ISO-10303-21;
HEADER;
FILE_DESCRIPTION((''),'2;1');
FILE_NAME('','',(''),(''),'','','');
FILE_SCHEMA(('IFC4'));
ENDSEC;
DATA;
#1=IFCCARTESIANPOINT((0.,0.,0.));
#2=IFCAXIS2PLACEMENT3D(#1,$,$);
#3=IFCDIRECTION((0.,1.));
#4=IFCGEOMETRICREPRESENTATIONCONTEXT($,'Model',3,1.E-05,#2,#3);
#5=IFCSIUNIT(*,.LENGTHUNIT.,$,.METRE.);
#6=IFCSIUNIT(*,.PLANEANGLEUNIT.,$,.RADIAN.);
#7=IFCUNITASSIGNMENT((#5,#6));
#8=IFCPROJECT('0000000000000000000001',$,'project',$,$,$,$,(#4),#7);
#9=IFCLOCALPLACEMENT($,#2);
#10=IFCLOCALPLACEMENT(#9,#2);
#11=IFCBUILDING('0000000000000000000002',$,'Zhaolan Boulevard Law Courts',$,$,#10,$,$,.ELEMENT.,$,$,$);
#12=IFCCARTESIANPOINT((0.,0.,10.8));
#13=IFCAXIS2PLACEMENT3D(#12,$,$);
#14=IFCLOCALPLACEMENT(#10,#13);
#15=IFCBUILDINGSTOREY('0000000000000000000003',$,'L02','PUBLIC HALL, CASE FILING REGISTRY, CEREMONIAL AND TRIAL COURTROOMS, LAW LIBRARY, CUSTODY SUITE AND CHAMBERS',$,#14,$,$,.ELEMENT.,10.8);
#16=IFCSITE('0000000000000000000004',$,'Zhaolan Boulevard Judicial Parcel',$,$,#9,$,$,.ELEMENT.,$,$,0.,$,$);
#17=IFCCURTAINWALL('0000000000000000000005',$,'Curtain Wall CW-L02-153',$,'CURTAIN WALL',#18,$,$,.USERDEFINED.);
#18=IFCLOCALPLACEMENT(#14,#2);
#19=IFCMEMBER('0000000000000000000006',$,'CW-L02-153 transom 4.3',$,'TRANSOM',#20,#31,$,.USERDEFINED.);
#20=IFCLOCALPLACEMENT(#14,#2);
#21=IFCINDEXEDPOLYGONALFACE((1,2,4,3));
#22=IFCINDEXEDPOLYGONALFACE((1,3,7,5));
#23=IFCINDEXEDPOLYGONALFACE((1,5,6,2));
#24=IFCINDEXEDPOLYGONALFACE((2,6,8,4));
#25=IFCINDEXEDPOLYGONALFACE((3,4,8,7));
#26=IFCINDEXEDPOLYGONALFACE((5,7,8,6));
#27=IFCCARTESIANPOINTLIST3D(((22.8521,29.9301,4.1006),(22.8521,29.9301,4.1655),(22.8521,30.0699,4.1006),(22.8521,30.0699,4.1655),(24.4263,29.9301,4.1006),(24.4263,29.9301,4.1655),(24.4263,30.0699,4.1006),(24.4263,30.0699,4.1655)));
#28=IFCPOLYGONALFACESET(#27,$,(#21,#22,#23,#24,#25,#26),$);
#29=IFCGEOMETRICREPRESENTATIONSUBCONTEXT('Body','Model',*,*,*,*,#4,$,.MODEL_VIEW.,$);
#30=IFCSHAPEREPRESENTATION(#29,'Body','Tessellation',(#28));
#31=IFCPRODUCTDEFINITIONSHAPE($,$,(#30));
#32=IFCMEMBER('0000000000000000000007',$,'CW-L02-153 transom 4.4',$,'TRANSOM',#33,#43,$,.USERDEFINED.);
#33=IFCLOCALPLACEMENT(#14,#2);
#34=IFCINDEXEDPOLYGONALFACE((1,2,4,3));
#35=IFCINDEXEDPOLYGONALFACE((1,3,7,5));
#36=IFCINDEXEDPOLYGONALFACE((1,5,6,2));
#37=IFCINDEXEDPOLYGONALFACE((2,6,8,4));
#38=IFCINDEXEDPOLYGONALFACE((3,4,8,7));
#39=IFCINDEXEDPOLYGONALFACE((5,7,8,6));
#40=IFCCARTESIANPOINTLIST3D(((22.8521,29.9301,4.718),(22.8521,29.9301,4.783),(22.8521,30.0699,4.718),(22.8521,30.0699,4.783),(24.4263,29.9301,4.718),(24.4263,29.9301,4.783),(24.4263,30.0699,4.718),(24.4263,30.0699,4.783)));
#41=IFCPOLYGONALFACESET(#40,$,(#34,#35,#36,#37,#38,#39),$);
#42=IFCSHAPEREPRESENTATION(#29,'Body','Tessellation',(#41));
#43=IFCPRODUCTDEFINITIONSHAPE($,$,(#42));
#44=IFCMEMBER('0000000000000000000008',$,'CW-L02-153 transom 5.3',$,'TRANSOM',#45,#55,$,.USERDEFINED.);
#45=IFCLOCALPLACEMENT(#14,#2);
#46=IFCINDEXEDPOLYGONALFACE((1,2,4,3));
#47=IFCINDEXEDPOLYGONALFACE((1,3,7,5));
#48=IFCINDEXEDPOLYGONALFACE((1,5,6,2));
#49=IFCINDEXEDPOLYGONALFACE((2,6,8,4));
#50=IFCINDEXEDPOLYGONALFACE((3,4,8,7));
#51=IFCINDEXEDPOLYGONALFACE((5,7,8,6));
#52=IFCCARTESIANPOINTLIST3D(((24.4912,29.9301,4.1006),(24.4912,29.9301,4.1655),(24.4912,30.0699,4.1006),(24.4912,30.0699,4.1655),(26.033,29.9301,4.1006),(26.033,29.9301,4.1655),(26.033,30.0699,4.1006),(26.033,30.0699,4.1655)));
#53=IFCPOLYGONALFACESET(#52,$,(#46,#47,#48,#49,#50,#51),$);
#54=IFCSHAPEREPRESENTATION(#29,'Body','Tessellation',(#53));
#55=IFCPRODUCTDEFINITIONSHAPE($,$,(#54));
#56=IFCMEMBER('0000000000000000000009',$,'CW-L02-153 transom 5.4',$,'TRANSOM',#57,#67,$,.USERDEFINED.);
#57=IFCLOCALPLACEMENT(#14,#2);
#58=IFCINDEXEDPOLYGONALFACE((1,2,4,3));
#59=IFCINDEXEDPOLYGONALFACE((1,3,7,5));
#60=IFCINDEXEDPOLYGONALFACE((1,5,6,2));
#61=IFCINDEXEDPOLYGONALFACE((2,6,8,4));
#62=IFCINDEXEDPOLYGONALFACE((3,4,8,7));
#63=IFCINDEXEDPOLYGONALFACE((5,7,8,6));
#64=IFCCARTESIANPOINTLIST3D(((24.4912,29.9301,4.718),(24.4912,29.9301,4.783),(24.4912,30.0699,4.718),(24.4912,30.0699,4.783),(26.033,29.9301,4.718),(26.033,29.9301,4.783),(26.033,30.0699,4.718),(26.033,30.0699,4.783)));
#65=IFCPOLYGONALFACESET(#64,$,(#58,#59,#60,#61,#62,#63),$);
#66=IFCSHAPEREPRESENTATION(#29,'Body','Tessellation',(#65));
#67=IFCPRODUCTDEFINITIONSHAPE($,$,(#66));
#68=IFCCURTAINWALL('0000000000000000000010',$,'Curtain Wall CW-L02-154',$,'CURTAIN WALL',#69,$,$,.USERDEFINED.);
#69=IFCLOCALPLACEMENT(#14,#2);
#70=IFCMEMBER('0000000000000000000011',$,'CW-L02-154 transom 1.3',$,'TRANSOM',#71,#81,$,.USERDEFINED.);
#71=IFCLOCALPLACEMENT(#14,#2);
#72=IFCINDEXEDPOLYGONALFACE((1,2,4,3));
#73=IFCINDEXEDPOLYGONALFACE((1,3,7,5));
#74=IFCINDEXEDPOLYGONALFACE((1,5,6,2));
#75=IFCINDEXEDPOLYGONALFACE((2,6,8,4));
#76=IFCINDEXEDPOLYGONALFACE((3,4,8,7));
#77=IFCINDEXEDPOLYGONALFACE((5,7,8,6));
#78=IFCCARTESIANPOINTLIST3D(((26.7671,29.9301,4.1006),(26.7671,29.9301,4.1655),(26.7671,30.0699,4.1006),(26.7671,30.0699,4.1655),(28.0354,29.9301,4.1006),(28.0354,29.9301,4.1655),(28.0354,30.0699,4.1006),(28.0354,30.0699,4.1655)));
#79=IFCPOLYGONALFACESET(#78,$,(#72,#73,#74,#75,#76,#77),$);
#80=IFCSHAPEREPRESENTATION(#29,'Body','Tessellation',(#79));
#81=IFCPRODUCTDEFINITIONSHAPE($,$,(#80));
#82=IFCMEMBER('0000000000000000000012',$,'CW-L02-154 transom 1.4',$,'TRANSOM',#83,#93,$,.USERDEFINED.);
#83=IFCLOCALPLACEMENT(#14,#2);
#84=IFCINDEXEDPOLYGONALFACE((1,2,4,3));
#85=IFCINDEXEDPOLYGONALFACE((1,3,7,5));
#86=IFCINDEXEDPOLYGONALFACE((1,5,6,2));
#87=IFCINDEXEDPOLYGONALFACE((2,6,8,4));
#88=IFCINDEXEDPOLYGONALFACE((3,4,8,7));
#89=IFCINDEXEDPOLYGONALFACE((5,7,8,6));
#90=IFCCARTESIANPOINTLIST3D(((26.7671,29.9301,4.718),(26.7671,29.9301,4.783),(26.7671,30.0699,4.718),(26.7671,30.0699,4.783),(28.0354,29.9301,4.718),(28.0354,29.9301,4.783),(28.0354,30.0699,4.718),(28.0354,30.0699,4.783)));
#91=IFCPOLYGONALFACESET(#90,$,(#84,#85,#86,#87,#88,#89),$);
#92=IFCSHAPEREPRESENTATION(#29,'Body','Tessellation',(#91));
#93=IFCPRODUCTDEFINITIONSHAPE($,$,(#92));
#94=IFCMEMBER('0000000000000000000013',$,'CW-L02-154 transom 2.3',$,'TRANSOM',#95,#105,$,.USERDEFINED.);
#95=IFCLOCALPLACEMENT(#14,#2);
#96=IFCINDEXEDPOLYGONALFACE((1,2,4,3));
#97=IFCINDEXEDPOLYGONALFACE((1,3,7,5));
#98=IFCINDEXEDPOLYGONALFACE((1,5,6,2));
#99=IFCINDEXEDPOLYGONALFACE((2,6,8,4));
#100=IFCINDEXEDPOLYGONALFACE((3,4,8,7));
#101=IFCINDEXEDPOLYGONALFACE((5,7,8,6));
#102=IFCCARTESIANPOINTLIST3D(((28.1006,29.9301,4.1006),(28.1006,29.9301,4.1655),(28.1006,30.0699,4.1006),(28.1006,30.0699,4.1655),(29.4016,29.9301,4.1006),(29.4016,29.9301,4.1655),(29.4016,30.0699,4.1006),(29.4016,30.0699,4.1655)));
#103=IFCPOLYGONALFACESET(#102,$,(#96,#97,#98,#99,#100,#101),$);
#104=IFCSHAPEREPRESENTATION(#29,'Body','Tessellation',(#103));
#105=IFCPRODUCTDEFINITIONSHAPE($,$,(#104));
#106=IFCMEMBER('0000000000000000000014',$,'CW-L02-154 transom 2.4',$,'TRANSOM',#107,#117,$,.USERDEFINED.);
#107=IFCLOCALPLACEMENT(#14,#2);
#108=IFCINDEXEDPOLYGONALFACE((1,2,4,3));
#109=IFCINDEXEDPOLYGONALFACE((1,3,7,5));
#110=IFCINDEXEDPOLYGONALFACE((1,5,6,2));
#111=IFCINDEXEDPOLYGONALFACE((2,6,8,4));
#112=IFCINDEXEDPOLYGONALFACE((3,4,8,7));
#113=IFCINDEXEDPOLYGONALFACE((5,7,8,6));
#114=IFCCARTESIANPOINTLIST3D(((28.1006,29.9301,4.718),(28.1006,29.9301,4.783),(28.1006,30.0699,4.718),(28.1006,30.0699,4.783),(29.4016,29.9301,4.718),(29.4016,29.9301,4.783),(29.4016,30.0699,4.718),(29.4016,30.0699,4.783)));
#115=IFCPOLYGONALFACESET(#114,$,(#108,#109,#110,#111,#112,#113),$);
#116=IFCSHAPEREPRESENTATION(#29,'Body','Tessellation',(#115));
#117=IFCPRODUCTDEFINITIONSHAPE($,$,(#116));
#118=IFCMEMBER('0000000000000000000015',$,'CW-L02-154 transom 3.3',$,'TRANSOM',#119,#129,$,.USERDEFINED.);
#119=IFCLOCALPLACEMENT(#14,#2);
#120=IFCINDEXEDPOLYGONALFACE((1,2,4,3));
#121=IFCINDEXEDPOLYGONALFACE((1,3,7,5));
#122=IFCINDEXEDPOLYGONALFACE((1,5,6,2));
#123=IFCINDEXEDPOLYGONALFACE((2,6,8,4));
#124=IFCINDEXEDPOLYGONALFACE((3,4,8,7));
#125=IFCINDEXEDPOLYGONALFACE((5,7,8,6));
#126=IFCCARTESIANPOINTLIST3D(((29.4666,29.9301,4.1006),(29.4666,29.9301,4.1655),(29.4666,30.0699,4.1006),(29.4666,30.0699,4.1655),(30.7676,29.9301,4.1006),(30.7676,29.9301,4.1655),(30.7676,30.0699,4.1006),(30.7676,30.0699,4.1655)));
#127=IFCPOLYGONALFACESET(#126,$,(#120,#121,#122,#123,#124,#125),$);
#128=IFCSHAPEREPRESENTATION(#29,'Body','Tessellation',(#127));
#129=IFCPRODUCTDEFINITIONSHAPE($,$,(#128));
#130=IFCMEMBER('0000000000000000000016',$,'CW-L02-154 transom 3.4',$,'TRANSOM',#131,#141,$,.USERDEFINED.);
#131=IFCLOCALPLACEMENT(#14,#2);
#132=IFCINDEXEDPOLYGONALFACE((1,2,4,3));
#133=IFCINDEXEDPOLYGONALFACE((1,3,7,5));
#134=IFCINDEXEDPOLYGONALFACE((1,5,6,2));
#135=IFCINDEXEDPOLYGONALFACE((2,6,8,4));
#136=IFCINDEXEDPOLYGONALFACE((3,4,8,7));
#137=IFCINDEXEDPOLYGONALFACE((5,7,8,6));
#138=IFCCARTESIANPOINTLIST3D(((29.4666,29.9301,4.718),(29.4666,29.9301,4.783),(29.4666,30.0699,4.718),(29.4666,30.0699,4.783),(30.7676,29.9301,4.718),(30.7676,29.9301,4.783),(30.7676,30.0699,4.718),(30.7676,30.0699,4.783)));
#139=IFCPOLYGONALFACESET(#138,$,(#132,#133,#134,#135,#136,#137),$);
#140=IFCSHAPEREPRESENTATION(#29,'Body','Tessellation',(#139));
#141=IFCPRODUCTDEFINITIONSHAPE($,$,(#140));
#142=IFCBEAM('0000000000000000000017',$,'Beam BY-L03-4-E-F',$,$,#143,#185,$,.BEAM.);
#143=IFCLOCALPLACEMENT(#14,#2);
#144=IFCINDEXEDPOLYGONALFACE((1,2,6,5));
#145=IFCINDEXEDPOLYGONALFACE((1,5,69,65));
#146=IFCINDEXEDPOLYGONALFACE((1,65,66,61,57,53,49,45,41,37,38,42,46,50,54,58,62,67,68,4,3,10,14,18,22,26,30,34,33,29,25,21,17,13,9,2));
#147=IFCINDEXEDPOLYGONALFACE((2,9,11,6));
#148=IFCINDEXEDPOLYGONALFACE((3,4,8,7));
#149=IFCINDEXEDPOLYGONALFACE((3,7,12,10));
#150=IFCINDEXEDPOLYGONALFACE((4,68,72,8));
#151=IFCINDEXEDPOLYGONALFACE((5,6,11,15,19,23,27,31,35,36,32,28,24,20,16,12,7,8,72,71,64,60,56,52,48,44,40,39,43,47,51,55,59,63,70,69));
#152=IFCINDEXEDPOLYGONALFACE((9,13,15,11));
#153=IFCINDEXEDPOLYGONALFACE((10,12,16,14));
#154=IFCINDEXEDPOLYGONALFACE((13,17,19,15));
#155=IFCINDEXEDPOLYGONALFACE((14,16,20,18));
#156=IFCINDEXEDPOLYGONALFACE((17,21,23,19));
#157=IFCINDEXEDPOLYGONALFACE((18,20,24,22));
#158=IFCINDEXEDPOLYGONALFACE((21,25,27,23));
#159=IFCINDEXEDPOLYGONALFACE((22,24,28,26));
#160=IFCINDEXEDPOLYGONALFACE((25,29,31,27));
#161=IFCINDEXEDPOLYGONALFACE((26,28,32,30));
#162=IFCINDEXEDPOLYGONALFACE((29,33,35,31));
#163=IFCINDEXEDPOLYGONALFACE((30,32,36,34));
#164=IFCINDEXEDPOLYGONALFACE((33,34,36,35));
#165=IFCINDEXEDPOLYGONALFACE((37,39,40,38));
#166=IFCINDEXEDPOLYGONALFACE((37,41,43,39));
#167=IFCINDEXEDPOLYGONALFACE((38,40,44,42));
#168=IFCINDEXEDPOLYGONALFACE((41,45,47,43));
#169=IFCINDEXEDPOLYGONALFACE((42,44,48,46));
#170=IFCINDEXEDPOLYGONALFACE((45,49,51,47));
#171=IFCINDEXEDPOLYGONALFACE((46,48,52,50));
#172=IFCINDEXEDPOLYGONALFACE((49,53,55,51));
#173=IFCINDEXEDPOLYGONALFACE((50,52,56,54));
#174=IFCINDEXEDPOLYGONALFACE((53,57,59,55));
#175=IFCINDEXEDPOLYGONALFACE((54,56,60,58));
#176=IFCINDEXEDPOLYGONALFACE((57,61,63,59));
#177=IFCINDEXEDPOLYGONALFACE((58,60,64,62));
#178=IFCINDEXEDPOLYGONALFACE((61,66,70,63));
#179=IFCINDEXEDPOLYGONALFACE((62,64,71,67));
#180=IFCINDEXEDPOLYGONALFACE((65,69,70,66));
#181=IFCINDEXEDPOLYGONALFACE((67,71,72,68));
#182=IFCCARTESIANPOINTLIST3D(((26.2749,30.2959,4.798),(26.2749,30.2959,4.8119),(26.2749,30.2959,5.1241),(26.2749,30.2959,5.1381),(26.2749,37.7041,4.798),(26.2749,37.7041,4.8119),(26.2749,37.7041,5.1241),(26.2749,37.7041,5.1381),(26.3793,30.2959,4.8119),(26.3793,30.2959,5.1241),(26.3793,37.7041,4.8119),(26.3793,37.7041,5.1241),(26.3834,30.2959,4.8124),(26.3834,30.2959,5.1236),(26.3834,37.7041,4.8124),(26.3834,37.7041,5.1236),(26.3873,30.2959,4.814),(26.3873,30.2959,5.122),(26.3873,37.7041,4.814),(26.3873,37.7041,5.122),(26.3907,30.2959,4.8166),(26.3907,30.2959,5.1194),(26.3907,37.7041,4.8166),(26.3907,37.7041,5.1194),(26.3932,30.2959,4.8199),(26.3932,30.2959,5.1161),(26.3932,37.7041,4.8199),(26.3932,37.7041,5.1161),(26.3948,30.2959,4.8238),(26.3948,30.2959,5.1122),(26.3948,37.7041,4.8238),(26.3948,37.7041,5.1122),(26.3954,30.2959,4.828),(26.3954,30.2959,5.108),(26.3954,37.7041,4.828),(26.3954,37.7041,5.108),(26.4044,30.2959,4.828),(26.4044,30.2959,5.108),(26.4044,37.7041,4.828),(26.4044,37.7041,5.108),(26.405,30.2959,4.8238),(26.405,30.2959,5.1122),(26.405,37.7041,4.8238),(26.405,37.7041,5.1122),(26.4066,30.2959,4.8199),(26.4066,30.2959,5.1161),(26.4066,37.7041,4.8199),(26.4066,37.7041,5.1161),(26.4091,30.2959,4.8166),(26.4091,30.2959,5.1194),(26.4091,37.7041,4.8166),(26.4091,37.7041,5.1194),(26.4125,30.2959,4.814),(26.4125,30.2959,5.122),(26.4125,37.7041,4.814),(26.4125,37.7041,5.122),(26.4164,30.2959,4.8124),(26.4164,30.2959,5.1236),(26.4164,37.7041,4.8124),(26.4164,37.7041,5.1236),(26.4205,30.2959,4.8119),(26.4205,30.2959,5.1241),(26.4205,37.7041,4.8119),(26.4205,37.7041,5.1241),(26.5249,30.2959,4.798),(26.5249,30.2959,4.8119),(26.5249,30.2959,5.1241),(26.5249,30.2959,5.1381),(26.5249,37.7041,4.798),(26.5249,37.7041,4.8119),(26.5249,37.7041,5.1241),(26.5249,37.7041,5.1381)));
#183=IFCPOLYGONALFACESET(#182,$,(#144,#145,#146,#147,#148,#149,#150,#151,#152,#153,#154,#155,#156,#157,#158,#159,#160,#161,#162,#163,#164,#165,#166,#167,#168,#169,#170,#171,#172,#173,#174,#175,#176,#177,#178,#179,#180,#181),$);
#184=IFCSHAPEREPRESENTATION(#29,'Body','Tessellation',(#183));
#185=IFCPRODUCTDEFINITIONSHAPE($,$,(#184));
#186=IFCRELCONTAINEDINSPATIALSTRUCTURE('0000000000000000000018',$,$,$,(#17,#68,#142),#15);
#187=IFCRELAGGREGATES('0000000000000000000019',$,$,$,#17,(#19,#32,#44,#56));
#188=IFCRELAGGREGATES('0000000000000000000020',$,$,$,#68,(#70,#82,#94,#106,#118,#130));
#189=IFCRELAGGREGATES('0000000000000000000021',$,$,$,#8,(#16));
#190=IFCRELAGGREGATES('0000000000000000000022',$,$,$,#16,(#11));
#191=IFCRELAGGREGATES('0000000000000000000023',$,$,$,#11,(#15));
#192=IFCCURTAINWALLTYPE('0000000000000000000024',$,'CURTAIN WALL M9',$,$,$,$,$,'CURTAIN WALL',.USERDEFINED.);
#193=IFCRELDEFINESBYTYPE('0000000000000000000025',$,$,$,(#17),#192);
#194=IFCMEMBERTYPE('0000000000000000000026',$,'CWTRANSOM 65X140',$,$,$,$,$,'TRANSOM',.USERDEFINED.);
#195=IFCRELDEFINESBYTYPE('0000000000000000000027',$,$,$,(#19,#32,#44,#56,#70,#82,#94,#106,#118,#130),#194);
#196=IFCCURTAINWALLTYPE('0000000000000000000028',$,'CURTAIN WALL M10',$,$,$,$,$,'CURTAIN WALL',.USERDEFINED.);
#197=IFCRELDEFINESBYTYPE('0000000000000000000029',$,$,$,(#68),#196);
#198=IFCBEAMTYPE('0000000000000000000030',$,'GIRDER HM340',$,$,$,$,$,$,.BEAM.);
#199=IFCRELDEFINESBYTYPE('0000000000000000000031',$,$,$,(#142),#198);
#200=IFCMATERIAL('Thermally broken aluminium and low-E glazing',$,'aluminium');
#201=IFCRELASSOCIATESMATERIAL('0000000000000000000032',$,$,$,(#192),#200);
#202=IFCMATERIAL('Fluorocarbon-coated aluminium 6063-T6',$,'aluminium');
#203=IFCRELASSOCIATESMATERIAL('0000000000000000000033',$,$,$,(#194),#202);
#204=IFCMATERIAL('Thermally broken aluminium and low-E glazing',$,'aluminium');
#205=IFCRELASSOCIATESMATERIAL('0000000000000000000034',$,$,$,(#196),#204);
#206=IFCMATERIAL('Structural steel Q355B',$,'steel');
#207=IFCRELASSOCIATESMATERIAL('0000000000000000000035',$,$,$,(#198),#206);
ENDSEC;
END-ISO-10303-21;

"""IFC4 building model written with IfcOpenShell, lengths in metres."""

from ifc_helpers import new_model, si_unit, direction, frame, origin, origin_2d, place, context, subcontext, project, spatial, rectangle, i_section, extrude, material, material_profile, profile_set, type_object, element, aggregate, save


model = new_model("IFC4")

# Units and contexts
model_context = context("Model", 3, precision=1e-05, world=origin(), true_north=direction((0.0, 1.0)))
body_context = subcontext(model_context, "Body", "Model", "MODEL_VIEW")
ifc_project = project(units=[si_unit("LENGTHUNIT", "METRE"), si_unit("PLANEANGLEUNIT", "RADIAN")], contexts=[model_context])

# Site, building, storey
site_placement = place(None, origin())
site = spatial("IfcSite", under=ifc_project, at=site_placement, Name="Zhaolan Boulevard Judicial Parcel", CompositionType="ELEMENT", RefElevation=0.0)
building_placement = place(site_placement, origin())
building = spatial("IfcBuilding", under=site, at=building_placement, Name="Zhaolan Boulevard Law Courts", CompositionType="ELEMENT")
storey_placement = place(building_placement, frame((0.0, 0.0, 10.8)))
storey = spatial("IfcBuildingStorey", under=building, at=storey_placement, Name="L02", Description="PUBLIC HALL, CASE FILING REGISTRY, CEREMONIAL AND TRIAL COURTROOMS, LAW LIBRARY, CUSTODY SUITE AND CHAMBERS", CompositionType="ELEMENT", Elevation=10.8)

# Curtain walls, members
ifc_material_1 = material(Name="Thermally broken aluminium and low-E glazing", Category="aluminium")
curtain_wall_type_1 = type_object("IfcCurtainWallType", Name="CURTAIN WALL M9", ElementType="CURTAIN WALL", PredefinedType="USERDEFINED", material=ifc_material_1)
curtain_wall_1_placement = place(storey_placement, origin())
curtain_wall_1 = element("IfcCurtainWall", 1, at=curtain_wall_1_placement, inside=storey, type_object=curtain_wall_type_1, Name="Curtain Wall CW-L02-153", ObjectType="CURTAIN WALL", PredefinedType="USERDEFINED")
ifc_material_2 = material(Name="Fluorocarbon-coated aluminium 6063-T6", Category="aluminium")
ifc_material_profile_1 = material_profile(ifc_material_2, rectangle(XDim=0.1399, YDim=0.0649, at=origin_2d()), Name="AL65x140")
ifc_profile_set_1 = profile_set([ifc_material_profile_1], Name="Fluorocarbon-coated aluminium 6063-T6")
member_type = type_object("IfcMemberType", Name="CWTRANSOM 65X140", ElementType="TRANSOM", PredefinedType="USERDEFINED", material=ifc_profile_set_1)
member_1_placement = place(storey_placement, frame((22.8521, 30.0, 4.1331), z_axis=(1.0, 0.0, 0.0), x_axis=(0.0, 1.0, 0.0)))
member_1 = element("IfcMember", 2, at=member_1_placement, type_object=member_type, Name="CW-L02-153 transom 4.3", ObjectType="TRANSOM", PredefinedType="USERDEFINED", context=body_context, shape_type="SweptSolid", body=[
    extrude(rectangle(XDim=0.1399, YDim=0.0649, at=origin_2d()), origin(), (0.0, 0.0, 1.0), 1.5742),
])
member_2_placement = place(storey_placement, frame((22.8521, 30.0, 4.7505), z_axis=(1.0, 0.0, 0.0), x_axis=(0.0, 1.0, 0.0)))
member_2 = element("IfcMember", 3, at=member_2_placement, type_object=member_type, Name="CW-L02-153 transom 4.4", ObjectType="TRANSOM", PredefinedType="USERDEFINED", context=body_context, shape_type="SweptSolid", body=[
    extrude(rectangle(XDim=0.1399, YDim=0.0649, at=origin_2d()), origin(), (0.0, 0.0, 1.0), 1.5742),
])
member_3_placement = place(storey_placement, frame((24.4912, 30.0, 4.1331), z_axis=(1.0, 0.0, 0.0), x_axis=(0.0, 1.0, 0.0)))
member_3 = element("IfcMember", 4, at=member_3_placement, type_object=member_type, Name="CW-L02-153 transom 5.3", ObjectType="TRANSOM", PredefinedType="USERDEFINED", context=body_context, shape_type="SweptSolid", body=[
    extrude(rectangle(XDim=0.1399, YDim=0.0649, at=origin_2d()), origin(), (0.0, 0.0, 1.0), 1.5417),
])
member_4_placement = place(storey_placement, frame((24.4912, 30.0, 4.7505), z_axis=(1.0, 0.0, 0.0), x_axis=(0.0, 1.0, 0.0)))
member_4 = element("IfcMember", 5, at=member_4_placement, type_object=member_type, Name="CW-L02-153 transom 5.4", ObjectType="TRANSOM", PredefinedType="USERDEFINED", context=body_context, shape_type="SweptSolid", body=[
    extrude(rectangle(XDim=0.1399, YDim=0.0649, at=origin_2d()), origin(), (0.0, 0.0, 1.0), 1.5417),
])
ifc_material_3 = material(Name="Thermally broken aluminium and low-E glazing", Category="aluminium")
curtain_wall_type_2 = type_object("IfcCurtainWallType", Name="CURTAIN WALL M10", ElementType="CURTAIN WALL", PredefinedType="USERDEFINED", material=ifc_material_3)
curtain_wall_2_placement = place(storey_placement, origin())
curtain_wall_2 = element("IfcCurtainWall", 6, at=curtain_wall_2_placement, inside=storey, type_object=curtain_wall_type_2, Name="Curtain Wall CW-L02-154", ObjectType="CURTAIN WALL", PredefinedType="USERDEFINED")
member_5_placement = place(storey_placement, frame((26.7671, 30.0, 4.1331), z_axis=(1.0, 0.0, 0.0), x_axis=(0.0, 1.0, 0.0)))
member_5 = element("IfcMember", 7, at=member_5_placement, type_object=member_type, Name="CW-L02-154 transom 1.3", ObjectType="TRANSOM", PredefinedType="USERDEFINED", context=body_context, shape_type="SweptSolid", body=[
    extrude(rectangle(XDim=0.1399, YDim=0.0649, at=origin_2d()), origin(), (0.0, 0.0, 1.0), 1.2683),
])
member_6_placement = place(storey_placement, frame((26.7671, 30.0, 4.7505), z_axis=(1.0, 0.0, 0.0), x_axis=(0.0, 1.0, 0.0)))
member_6 = element("IfcMember", 8, at=member_6_placement, type_object=member_type, Name="CW-L02-154 transom 1.4", ObjectType="TRANSOM", PredefinedType="USERDEFINED", context=body_context, shape_type="SweptSolid", body=[
    extrude(rectangle(XDim=0.1399, YDim=0.0649, at=origin_2d()), origin(), (0.0, 0.0, 1.0), 1.2683),
])
member_7_placement = place(storey_placement, frame((28.1006, 30.0, 4.1331), z_axis=(1.0, 0.0, 0.0), x_axis=(0.0, 1.0, 0.0)))
member_7 = element("IfcMember", 9, at=member_7_placement, type_object=member_type, Name="CW-L02-154 transom 2.3", ObjectType="TRANSOM", PredefinedType="USERDEFINED", context=body_context, shape_type="SweptSolid", body=[
    extrude(rectangle(XDim=0.1399, YDim=0.0649, at=origin_2d()), origin(), (0.0, 0.0, 1.0), 1.301),
])
member_8_placement = place(storey_placement, frame((28.1006, 30.0, 4.7505), z_axis=(1.0, 0.0, 0.0), x_axis=(0.0, 1.0, 0.0)))
member_8 = element("IfcMember", 10, at=member_8_placement, type_object=member_type, Name="CW-L02-154 transom 2.4", ObjectType="TRANSOM", PredefinedType="USERDEFINED", context=body_context, shape_type="SweptSolid", body=[
    extrude(rectangle(XDim=0.1399, YDim=0.0649, at=origin_2d()), origin(), (0.0, 0.0, 1.0), 1.301),
])
member_9_placement = place(storey_placement, frame((29.4666, 30.0, 4.1331), z_axis=(1.0, 0.0, 0.0), x_axis=(0.0, 1.0, 0.0)))
member_9 = element("IfcMember", 11, at=member_9_placement, type_object=member_type, Name="CW-L02-154 transom 3.3", ObjectType="TRANSOM", PredefinedType="USERDEFINED", context=body_context, shape_type="SweptSolid", body=[
    extrude(rectangle(XDim=0.1399, YDim=0.0649, at=origin_2d()), origin(), (0.0, 0.0, 1.0), 1.301),
])
member_10_placement = place(storey_placement, frame((29.4666, 30.0, 4.7505), z_axis=(1.0, 0.0, 0.0), x_axis=(0.0, 1.0, 0.0)))
member_10 = element("IfcMember", 12, at=member_10_placement, type_object=member_type, Name="CW-L02-154 transom 3.4", ObjectType="TRANSOM", PredefinedType="USERDEFINED", context=body_context, shape_type="SweptSolid", body=[
    extrude(rectangle(XDim=0.1399, YDim=0.0649, at=origin_2d()), origin(), (0.0, 0.0, 1.0), 1.301),
])

# Beam
ifc_material_4 = material(Name="Structural steel Q355B", Category="steel")
ifc_material_profile_2 = material_profile(ifc_material_4, i_section(OverallWidth=0.25, OverallDepth=0.3401, WebThickness=0.009, FlangeThickness=0.0139, FilletRadius=0.0161, at=origin_2d()), Name="HM340x250")
ifc_profile_set_2 = profile_set([ifc_material_profile_2], Name="Structural steel Q355B")
beam_type_1 = type_object("IfcBeamType", Name="GIRDER HM340", PredefinedType="BEAM", material=ifc_profile_set_2)
beam_1_placement = place(storey_placement, frame((26.3999, 30.2959, 4.968), z_axis=(0.0, 1.0, 0.0), x_axis=(-1.0, 0.0, 0.0)))
element("IfcBeam", 13, at=beam_1_placement, inside=storey, type_object=beam_type_1, Name="Beam BY-L03-4-E-F", PredefinedType="BEAM", context=body_context, shape_type="SweptSolid", body=[
    extrude(i_section(OverallWidth=0.25, OverallDepth=0.3401, WebThickness=0.009, FlangeThickness=0.0139, FilletRadius=0.0161, at=origin_2d()), origin(), (0.0, 0.0, 1.0), 7.4082),
])

aggregate(curtain_wall_1, [member_1, member_2, member_3, member_4])
aggregate(curtain_wall_2, [member_5, member_6, member_7, member_8, member_9, member_10])

save(model, "model.ifc")
